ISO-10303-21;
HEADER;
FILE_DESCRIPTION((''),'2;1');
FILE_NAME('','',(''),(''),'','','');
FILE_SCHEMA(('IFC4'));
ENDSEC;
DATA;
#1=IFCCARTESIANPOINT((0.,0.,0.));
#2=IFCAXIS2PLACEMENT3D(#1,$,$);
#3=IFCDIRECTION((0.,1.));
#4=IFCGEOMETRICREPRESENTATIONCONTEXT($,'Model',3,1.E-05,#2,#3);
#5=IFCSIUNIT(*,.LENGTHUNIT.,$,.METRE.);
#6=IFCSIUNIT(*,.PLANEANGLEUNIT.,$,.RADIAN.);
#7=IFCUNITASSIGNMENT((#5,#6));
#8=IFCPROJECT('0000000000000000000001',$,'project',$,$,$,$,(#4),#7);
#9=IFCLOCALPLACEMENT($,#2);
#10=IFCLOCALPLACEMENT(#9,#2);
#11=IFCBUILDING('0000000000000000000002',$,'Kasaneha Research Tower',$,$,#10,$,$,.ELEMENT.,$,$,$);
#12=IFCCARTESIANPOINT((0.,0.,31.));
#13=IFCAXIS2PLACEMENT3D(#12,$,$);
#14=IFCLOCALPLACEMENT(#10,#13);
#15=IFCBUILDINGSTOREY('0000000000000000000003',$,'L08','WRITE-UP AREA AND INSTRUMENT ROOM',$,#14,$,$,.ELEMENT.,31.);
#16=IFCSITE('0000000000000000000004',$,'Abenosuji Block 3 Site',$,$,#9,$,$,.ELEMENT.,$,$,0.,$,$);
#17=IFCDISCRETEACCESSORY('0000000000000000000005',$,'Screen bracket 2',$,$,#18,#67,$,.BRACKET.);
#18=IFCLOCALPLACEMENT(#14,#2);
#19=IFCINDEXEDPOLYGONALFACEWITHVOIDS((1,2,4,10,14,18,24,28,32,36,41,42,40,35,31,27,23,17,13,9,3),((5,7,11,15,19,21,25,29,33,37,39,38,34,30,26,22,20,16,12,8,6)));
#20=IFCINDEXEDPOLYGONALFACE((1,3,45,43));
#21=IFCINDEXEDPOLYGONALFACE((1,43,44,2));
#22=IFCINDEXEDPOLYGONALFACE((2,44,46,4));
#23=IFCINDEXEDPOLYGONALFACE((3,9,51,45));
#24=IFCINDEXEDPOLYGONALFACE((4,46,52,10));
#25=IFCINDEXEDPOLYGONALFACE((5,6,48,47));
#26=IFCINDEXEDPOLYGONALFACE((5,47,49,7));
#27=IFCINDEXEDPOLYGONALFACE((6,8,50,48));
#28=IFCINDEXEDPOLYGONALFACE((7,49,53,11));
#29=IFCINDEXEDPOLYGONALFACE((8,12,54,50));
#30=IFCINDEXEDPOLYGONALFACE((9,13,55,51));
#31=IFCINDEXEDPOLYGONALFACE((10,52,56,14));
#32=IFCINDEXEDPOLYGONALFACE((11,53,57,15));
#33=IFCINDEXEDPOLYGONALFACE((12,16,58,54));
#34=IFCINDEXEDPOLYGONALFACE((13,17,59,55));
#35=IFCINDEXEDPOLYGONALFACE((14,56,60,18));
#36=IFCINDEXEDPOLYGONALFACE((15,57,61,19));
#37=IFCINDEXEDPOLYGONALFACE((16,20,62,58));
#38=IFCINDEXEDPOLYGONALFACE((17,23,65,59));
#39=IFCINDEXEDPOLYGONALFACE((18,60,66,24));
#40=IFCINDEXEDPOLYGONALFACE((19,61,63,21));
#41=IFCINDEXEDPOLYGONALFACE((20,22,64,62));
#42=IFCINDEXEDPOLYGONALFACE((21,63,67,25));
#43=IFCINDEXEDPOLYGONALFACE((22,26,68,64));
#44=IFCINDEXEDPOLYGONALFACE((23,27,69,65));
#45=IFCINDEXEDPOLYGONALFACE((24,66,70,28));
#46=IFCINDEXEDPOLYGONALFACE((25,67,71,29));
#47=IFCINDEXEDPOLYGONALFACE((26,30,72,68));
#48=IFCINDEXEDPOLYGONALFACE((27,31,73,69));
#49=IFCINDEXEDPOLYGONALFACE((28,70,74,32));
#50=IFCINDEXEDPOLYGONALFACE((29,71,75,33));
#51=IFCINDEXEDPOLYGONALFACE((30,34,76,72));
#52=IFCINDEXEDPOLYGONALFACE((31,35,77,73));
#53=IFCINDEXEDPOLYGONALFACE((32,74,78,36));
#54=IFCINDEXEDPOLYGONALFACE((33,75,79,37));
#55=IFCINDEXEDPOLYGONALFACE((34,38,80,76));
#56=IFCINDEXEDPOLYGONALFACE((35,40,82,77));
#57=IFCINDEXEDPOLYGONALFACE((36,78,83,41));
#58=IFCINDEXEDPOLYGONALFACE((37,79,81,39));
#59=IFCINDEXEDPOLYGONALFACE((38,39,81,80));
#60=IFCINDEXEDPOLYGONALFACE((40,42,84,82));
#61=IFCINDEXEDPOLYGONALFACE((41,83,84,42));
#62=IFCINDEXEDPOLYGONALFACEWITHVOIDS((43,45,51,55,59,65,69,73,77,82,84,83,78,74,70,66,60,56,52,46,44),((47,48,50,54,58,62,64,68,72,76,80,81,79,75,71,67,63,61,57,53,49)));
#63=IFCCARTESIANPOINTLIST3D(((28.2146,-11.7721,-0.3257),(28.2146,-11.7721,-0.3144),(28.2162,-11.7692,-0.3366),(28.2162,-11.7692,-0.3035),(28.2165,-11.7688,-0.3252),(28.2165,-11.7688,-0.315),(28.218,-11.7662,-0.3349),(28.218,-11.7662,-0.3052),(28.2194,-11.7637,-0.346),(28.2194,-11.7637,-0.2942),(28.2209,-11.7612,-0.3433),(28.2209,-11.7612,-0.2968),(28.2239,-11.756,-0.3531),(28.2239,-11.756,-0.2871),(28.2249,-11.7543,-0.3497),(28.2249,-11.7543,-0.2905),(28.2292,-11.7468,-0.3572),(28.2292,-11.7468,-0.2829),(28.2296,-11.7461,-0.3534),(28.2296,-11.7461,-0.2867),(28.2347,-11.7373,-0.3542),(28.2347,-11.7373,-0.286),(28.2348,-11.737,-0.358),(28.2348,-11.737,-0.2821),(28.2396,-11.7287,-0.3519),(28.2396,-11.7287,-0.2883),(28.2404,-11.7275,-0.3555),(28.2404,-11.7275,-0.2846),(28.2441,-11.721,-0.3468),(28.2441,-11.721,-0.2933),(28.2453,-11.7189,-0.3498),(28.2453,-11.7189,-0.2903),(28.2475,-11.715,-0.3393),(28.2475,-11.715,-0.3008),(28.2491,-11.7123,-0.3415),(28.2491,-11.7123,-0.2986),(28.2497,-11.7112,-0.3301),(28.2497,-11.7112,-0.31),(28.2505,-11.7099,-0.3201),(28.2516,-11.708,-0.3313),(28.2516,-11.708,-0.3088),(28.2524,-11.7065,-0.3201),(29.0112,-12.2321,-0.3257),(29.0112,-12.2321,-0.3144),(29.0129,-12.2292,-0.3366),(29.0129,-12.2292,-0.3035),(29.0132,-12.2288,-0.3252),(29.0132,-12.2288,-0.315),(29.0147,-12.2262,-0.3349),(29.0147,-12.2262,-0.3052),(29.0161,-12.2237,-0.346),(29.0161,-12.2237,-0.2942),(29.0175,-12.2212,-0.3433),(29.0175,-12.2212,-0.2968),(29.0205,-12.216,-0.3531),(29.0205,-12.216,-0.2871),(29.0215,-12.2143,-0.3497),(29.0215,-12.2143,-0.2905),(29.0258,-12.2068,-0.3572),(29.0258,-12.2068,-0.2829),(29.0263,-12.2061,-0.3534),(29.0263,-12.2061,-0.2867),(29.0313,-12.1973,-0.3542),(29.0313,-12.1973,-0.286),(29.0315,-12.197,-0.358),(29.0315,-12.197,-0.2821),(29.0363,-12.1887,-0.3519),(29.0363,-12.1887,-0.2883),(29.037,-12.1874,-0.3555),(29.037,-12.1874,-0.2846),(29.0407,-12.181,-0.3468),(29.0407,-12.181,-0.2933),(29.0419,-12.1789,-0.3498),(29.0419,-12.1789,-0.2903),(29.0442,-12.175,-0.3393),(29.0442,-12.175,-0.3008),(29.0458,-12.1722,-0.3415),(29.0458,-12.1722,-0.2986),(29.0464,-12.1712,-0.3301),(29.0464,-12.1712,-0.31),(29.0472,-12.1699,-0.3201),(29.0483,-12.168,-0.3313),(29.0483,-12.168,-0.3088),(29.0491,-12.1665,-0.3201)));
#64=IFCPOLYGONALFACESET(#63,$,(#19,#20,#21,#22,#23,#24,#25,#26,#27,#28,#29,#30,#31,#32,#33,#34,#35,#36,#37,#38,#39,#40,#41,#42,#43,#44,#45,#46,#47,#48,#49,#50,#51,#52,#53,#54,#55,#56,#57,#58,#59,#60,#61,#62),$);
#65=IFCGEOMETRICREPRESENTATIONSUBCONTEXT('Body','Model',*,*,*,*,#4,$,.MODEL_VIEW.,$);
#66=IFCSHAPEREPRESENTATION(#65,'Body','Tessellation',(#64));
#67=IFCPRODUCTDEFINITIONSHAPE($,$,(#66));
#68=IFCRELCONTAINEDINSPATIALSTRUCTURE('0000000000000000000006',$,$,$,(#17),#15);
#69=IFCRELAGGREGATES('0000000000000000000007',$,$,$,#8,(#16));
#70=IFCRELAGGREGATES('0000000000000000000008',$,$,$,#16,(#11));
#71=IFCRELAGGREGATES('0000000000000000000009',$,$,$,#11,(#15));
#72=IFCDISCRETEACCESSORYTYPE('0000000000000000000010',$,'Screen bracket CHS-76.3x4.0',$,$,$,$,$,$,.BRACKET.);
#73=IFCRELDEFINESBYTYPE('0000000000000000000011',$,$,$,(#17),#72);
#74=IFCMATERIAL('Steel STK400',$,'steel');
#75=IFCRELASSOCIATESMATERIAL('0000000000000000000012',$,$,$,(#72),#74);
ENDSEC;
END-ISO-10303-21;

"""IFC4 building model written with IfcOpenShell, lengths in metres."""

from ifc_helpers import new_model, si_unit, direction, frame, origin, origin_2d, place, context, subcontext, project, spatial, hollow_circle, extrude, material, material_profile, profile_set, type_object, element, save


model = new_model("IFC4")

# Units and contexts
model_context = context("Model", 3, precision=1e-05, world=origin(), true_north=direction((0.0, 1.0)))
body_context = subcontext(model_context, "Body", "Model", "MODEL_VIEW")
ifc_project = project(units=[si_unit("LENGTHUNIT", "METRE"), si_unit("PLANEANGLEUNIT", "RADIAN")], contexts=[model_context])

# Site, building, storey
site_placement = place(None, origin())
site = spatial("IfcSite", under=ifc_project, at=site_placement, Name="Abenosuji Block 3 Site", CompositionType="ELEMENT", RefElevation=0.0)
building_placement = place(site_placement, origin())
building = spatial("IfcBuilding", under=site, at=building_placement, Name="Kasaneha Research Tower", CompositionType="ELEMENT")
storey_placement = place(building_placement, frame((0.0, 0.0, 31.0)))
storey = spatial("IfcBuildingStorey", under=building, at=storey_placement, Name="L08", Description="WRITE-UP AREA AND INSTRUMENT ROOM", CompositionType="ELEMENT", Elevation=31.0)

# Discrete accessory
ifc_material_1 = material(Name="Steel STK400", Category="steel")
ifc_material_profile_1 = material_profile(ifc_material_1, hollow_circle(Radius=0.0381, WallThickness=0.0039, at=origin_2d()), Name="CHS-76.3x4.0")
ifc_profile_set_1 = profile_set([ifc_material_profile_1], Name="Steel STK400")
discrete_accessory_type = type_object("IfcDiscreteAccessoryType", Name="Screen bracket CHS-76.3x4.0", PredefinedType="BRACKET", material=ifc_profile_set_1)
for number, where, z_axis, x_axis, name in (
    (1, (28.2334, -11.7395, -0.3201), (0.866013, -0.500021, 0.0), (0.500021, 0.866013, 0.0), "Screen bracket 2"),
):
    element("IfcDiscreteAccessory", number, at=place(storey_placement, frame(where, z_axis=z_axis, x_axis=x_axis)), inside=storey, type_object=discrete_accessory_type, Name=name, PredefinedType="BRACKET", context=body_context, shape_type="SweptSolid", body=[
        extrude(hollow_circle(Radius=0.0381, WallThickness=0.0039, at=origin_2d()), origin(), (0.0, 0.0, 1.0), 0.9199),
    ])

save(model, "model.ifc")
